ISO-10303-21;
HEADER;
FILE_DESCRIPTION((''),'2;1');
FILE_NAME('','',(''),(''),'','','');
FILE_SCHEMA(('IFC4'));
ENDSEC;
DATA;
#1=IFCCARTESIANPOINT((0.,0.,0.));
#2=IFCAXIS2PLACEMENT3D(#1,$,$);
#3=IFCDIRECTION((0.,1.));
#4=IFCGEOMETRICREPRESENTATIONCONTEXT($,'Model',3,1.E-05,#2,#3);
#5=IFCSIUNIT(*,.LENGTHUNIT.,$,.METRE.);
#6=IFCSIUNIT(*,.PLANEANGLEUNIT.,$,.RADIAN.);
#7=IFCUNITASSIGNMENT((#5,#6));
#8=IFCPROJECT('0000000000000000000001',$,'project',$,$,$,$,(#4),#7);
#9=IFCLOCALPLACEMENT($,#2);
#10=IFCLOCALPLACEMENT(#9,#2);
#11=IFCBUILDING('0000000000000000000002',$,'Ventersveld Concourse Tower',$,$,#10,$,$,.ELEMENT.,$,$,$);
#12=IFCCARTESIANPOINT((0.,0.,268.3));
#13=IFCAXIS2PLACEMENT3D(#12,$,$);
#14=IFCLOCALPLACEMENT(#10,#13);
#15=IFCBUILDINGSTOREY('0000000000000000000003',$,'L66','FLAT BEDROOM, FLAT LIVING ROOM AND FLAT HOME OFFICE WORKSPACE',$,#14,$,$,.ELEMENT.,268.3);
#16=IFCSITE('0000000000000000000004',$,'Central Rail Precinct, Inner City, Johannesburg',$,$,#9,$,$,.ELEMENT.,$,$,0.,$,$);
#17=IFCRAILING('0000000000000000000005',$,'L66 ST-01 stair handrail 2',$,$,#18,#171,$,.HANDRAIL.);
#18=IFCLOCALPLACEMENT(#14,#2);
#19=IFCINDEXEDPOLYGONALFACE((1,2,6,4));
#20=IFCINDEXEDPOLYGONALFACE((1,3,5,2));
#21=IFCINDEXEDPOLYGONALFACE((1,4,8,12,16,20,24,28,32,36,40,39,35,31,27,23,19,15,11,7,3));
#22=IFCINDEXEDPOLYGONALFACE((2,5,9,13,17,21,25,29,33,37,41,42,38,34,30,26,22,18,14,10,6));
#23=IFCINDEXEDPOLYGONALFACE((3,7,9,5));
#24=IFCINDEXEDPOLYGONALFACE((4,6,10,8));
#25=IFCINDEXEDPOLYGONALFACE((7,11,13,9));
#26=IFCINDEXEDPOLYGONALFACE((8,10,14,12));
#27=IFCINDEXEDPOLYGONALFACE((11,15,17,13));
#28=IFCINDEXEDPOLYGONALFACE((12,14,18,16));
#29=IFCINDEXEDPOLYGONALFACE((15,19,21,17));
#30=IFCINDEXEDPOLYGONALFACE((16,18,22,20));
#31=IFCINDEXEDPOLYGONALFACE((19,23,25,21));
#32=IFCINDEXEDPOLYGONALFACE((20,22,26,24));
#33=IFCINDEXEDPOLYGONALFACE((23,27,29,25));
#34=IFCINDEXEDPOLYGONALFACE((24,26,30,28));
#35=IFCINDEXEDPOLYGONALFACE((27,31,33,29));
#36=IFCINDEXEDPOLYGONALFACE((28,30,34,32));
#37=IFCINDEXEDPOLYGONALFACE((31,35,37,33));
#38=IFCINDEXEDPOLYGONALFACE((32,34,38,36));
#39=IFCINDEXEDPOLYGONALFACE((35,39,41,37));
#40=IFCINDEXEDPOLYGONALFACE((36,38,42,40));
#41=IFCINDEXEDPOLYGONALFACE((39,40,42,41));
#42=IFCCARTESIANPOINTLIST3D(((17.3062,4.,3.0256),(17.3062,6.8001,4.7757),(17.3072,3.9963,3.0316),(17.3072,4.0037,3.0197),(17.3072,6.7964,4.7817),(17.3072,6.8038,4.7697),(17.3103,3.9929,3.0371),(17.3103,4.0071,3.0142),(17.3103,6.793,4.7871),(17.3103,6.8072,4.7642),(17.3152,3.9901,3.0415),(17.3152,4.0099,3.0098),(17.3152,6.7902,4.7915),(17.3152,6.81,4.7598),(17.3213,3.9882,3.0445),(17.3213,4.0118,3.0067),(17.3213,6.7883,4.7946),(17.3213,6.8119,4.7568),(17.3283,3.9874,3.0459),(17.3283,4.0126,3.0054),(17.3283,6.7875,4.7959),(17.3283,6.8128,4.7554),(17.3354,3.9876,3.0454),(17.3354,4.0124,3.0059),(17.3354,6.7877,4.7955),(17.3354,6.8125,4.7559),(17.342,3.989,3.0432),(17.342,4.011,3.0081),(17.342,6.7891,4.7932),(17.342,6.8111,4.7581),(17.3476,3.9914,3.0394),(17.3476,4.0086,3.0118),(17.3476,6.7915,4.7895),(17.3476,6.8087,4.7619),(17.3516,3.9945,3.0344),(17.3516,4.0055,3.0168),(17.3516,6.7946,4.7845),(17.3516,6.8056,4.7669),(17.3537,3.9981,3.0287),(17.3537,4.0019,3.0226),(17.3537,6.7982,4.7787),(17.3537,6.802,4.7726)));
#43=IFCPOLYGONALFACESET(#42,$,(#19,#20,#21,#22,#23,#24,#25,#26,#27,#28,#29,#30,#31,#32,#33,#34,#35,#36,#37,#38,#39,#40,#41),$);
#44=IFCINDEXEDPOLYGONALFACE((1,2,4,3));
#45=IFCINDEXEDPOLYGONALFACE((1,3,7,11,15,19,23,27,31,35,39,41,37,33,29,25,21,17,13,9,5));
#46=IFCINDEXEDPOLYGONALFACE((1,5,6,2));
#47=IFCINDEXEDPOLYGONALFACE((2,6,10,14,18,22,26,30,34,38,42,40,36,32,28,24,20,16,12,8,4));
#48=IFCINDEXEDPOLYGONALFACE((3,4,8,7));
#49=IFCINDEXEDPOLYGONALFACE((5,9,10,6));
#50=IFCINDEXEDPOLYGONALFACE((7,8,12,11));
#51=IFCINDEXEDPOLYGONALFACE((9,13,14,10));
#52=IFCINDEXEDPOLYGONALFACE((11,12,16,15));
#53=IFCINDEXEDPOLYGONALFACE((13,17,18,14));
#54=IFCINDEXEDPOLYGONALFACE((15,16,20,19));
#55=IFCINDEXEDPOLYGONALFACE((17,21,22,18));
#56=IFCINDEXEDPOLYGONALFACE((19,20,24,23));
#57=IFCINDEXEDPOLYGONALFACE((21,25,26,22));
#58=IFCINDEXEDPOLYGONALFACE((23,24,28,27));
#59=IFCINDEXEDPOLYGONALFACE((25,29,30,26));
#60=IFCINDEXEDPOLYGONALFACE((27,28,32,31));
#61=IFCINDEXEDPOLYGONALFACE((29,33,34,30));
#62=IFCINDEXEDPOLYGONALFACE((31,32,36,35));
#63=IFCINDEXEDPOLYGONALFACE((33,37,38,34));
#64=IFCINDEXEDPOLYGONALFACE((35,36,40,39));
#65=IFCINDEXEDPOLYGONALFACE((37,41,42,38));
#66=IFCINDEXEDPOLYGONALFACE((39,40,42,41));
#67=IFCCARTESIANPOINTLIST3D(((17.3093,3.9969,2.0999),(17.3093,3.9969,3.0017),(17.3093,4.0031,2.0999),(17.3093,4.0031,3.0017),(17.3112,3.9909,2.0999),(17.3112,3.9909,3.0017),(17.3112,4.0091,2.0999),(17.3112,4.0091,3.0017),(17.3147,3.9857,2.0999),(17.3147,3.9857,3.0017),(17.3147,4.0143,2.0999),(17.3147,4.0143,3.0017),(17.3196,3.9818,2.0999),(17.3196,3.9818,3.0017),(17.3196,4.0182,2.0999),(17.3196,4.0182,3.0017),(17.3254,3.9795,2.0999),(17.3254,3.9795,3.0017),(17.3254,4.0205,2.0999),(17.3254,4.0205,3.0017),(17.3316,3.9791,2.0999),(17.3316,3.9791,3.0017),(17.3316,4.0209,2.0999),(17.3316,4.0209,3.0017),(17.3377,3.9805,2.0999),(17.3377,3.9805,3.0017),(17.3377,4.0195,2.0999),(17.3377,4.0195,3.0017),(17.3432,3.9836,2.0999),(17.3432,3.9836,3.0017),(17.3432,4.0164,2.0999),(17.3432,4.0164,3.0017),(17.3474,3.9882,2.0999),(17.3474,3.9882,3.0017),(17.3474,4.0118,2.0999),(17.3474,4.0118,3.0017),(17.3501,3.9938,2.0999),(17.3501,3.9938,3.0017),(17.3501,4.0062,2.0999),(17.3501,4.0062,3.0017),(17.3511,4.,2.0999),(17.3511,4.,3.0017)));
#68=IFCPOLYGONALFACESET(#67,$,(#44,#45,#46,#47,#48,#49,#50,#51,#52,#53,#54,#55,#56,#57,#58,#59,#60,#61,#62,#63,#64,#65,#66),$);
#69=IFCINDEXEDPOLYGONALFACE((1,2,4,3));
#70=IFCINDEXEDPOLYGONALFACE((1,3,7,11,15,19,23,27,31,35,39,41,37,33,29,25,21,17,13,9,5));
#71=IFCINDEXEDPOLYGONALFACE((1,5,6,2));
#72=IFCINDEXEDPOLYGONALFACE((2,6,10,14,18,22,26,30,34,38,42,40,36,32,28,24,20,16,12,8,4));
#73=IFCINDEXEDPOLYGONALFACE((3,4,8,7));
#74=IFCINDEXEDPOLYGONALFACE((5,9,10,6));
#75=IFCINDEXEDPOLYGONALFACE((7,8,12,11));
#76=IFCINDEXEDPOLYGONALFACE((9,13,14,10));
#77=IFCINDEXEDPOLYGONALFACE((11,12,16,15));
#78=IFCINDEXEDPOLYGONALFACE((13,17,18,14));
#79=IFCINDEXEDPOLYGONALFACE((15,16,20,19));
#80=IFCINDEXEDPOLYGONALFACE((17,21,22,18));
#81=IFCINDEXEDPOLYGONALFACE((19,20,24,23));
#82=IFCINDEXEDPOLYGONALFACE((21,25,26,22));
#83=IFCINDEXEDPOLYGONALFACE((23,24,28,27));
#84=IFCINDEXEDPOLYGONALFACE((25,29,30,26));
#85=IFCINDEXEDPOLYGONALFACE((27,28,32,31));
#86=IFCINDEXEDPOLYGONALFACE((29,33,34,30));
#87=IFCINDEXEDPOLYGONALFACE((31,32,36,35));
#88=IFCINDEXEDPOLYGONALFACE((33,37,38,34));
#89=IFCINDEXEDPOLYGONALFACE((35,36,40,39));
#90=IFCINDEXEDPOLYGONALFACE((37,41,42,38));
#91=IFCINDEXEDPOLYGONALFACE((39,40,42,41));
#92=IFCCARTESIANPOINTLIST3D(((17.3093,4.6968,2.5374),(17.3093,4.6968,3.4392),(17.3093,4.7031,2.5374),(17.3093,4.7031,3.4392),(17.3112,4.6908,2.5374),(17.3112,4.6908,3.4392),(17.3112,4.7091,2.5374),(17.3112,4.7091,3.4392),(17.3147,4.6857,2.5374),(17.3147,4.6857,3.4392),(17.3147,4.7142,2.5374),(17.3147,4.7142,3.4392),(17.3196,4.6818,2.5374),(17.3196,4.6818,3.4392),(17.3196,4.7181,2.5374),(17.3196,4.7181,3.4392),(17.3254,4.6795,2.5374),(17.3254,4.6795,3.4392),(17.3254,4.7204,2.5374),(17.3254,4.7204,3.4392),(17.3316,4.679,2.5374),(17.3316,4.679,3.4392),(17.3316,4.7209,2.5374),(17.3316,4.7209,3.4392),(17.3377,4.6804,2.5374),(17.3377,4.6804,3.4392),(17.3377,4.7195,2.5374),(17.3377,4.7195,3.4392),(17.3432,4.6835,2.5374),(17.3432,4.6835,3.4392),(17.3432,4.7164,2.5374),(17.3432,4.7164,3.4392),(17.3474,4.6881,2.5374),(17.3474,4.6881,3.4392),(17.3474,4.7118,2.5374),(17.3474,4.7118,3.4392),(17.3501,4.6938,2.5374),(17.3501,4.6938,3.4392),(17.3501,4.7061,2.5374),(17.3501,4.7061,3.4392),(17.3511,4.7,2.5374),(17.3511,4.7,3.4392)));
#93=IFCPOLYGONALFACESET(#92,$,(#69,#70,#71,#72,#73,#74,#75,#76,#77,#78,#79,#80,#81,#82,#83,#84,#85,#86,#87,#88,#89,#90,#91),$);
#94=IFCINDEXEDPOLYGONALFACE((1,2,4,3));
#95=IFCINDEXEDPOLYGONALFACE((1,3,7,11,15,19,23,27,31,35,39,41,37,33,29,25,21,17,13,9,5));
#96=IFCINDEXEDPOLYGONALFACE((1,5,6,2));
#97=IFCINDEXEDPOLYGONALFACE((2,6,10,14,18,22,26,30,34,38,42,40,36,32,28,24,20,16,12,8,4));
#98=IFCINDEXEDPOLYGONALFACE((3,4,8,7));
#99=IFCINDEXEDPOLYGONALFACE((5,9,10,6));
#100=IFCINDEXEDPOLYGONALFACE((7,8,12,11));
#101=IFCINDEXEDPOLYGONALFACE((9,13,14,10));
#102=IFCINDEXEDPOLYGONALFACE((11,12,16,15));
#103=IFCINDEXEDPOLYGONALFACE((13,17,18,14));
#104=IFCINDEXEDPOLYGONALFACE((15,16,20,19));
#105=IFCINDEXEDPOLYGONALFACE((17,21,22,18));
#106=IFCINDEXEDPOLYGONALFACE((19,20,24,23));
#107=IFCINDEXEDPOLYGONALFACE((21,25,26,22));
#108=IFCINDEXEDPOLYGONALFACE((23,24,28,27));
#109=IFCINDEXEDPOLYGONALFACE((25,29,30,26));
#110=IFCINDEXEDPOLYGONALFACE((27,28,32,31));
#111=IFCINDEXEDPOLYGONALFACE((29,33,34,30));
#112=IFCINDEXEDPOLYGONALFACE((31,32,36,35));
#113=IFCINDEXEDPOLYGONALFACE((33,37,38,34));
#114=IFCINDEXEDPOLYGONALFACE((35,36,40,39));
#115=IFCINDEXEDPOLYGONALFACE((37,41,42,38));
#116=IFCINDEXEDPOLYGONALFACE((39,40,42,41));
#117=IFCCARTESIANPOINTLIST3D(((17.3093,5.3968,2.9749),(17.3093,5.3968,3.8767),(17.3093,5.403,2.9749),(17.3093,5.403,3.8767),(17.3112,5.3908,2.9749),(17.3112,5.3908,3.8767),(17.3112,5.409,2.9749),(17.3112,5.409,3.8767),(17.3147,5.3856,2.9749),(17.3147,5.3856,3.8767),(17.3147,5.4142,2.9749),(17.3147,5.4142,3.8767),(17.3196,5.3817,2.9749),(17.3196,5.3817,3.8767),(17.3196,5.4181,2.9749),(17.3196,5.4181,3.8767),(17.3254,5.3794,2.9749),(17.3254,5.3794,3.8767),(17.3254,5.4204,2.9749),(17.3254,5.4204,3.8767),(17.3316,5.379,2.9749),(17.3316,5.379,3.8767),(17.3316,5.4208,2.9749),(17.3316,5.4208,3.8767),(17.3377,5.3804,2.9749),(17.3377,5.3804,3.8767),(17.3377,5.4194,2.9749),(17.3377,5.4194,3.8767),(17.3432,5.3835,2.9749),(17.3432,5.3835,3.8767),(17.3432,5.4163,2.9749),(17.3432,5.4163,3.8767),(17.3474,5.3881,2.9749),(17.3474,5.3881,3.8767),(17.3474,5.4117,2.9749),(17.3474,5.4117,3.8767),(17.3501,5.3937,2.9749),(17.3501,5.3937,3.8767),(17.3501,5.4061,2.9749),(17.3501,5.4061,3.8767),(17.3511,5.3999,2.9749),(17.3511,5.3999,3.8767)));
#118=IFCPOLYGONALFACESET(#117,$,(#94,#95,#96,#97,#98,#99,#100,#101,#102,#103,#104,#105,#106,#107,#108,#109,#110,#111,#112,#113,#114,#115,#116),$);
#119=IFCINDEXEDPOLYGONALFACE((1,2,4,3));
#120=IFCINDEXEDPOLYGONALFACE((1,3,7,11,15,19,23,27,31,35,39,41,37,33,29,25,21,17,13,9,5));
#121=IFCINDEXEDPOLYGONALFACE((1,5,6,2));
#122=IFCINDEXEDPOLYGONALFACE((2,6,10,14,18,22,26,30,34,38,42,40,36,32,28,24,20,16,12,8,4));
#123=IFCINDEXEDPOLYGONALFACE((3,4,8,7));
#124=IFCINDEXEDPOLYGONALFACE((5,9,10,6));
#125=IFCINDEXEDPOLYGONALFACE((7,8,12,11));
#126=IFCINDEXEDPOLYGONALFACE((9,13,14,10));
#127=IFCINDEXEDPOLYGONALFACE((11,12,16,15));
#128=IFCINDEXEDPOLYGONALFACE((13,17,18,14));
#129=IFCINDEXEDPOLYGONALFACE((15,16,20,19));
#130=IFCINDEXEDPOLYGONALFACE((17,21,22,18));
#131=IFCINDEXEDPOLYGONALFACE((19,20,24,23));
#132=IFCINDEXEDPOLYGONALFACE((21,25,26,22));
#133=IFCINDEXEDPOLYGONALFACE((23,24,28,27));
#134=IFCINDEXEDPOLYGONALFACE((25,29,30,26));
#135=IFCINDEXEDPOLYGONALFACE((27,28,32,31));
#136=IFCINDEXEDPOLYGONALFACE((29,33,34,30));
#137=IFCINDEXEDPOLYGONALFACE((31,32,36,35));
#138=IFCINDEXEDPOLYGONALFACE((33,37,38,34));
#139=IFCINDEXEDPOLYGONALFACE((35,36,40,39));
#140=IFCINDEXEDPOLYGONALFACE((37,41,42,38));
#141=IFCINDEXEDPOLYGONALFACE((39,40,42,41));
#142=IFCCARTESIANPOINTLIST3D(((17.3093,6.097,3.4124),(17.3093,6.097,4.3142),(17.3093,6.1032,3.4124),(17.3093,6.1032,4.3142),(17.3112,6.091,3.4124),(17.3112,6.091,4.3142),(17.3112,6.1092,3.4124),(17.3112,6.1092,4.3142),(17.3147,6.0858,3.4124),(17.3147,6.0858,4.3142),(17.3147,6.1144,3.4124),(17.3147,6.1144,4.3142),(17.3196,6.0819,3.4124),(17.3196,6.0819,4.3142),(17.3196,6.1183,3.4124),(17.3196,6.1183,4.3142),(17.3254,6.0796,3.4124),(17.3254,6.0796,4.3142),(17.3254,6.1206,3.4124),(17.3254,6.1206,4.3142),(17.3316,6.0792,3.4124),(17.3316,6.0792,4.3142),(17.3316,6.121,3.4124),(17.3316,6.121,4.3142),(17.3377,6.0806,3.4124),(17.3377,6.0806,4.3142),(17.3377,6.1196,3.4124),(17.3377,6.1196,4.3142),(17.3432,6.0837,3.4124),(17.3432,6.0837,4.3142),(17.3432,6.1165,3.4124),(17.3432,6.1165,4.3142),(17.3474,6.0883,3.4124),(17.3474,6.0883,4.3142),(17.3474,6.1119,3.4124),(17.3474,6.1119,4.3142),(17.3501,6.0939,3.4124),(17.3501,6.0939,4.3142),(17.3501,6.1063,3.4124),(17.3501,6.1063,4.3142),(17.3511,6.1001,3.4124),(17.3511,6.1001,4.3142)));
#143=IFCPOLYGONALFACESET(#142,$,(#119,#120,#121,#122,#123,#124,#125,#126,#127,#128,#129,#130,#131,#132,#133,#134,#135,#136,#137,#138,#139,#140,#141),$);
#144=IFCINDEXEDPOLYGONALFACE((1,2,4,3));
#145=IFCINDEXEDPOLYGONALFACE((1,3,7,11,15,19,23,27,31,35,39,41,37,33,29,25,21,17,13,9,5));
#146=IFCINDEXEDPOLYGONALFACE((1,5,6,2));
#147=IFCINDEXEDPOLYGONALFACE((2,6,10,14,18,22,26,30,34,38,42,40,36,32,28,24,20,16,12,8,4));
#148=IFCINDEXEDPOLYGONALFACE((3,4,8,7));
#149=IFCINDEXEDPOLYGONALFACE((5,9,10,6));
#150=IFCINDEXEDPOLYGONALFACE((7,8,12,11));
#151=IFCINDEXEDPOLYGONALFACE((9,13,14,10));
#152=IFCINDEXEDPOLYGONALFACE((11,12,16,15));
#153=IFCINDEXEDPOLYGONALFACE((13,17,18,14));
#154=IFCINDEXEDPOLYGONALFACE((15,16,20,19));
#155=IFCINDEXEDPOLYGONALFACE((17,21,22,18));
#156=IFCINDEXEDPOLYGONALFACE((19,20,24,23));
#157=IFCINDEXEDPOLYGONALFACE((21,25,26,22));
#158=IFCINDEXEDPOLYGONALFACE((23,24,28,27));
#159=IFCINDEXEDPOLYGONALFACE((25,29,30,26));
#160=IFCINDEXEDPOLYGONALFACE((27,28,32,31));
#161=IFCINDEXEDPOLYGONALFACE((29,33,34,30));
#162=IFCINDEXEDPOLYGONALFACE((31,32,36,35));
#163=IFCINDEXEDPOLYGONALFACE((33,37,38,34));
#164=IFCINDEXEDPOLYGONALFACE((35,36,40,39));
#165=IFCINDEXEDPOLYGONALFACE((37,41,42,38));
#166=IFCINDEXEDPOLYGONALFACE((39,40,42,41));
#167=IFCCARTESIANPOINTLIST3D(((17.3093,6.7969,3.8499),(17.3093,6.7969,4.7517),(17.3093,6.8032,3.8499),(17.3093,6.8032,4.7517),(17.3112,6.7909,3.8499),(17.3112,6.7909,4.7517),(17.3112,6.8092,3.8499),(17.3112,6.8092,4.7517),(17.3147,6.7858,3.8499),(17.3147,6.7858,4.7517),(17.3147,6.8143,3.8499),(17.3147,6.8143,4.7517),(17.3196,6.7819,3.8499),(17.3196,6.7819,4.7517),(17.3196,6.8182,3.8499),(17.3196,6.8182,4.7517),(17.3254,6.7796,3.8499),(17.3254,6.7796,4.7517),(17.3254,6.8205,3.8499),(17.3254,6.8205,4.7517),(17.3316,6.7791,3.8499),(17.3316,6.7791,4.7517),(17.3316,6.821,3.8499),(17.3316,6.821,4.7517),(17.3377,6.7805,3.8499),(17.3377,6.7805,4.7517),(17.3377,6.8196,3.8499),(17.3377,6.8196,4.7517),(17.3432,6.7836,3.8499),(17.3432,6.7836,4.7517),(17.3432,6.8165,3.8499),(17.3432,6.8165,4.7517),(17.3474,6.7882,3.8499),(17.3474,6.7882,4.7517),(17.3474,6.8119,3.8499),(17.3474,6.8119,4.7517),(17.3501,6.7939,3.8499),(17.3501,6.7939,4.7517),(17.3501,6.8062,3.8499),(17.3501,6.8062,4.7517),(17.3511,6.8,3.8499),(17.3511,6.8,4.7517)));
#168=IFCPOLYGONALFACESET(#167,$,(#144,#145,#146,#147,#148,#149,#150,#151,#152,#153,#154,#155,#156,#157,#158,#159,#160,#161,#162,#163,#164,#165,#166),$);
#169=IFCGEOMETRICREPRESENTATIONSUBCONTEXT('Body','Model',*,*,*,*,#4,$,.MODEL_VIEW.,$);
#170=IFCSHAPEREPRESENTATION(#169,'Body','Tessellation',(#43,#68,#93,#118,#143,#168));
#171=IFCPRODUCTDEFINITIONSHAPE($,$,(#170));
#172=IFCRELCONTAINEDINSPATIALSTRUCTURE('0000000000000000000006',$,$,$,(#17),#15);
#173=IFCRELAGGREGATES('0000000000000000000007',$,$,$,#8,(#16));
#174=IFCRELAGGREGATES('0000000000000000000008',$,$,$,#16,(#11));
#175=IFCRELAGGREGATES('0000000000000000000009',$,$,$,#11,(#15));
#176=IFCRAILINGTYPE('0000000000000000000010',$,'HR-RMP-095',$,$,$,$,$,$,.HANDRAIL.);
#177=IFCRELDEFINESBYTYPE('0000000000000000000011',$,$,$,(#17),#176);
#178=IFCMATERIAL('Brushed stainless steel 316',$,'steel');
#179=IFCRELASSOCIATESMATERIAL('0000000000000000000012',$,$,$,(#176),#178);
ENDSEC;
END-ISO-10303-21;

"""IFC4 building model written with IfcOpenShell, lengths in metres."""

from ifc_helpers import new_model, si_unit, direction, frame, origin, origin_2d, place, context, subcontext, project, spatial, circle, extrude, material, type_object, element, save


model = new_model("IFC4")

# Units and contexts
model_context = context("Model", 3, precision=1e-05, world=origin(), true_north=direction((0.0, 1.0)))
body_context = subcontext(model_context, "Body", "Model", "MODEL_VIEW")
ifc_project = project(units=[si_unit("LENGTHUNIT", "METRE"), si_unit("PLANEANGLEUNIT", "RADIAN")], contexts=[model_context])

# Site, building, storey
site_placement = place(None, origin())
site = spatial("IfcSite", under=ifc_project, at=site_placement, Name="Central Rail Precinct, Inner City, Johannesburg", CompositionType="ELEMENT", RefElevation=0.0)
building_placement = place(site_placement, origin())
building = spatial("IfcBuilding", under=site, at=building_placement, Name="Ventersveld Concourse Tower", CompositionType="ELEMENT")
storey_placement = place(building_placement, frame((0.0, 0.0, 268.3)))
storey = spatial("IfcBuildingStorey", under=building, at=storey_placement, Name="L66", Description="FLAT BEDROOM, FLAT LIVING ROOM AND FLAT HOME OFFICE WORKSPACE", CompositionType="ELEMENT", Elevation=268.3)

# Shared definitions
ifc_material_1 = material(Name="Brushed stainless steel 316", Category="steel")

# Railing
railing_type_1 = type_object("IfcRailingType", Name="HR-RMP-095", PredefinedType="HANDRAIL", material=ifc_material_1)
railing_1_placement = place(storey_placement, frame((17.3301, 4.0, 2.0999)))
element("IfcRailing", 1, at=railing_1_placement, inside=storey, type_object=railing_type_1, Name="L66 ST-01 stair handrail 2", PredefinedType="HANDRAIL", context=body_context, shape_type="SweptSolid", body=[
    extrude(circle(Radius=0.0239, at=origin_2d()), frame((0.0, 0.0, 0.9258), z_axis=(0.0, 0.848002, 0.529992), x_axis=(-1.0, 0.0, 0.0)), (0.0, 0.0, 1.0), 3.302),
    extrude(circle(Radius=0.021, at=origin_2d()), origin(), (0.0, 0.0, 1.0), 0.9019),
    extrude(circle(Radius=0.021, at=origin_2d()), frame((0.0, 0.7, 0.4375)), (0.0, 0.0, 1.0), 0.9019),
    extrude(circle(Radius=0.021, at=origin_2d()), frame((0.0, 1.3999, 0.875)), (0.0, 0.0, 1.0), 0.9019),
    extrude(circle(Radius=0.021, at=origin_2d()), frame((0.0, 2.1001, 1.3125)), (0.0, 0.0, 1.0), 0.9019),
    extrude(circle(Radius=0.021, at=origin_2d()), frame((0.0, 2.8, 1.75)), (0.0, 0.0, 1.0), 0.9019),
])

save(model, "model.ifc")
